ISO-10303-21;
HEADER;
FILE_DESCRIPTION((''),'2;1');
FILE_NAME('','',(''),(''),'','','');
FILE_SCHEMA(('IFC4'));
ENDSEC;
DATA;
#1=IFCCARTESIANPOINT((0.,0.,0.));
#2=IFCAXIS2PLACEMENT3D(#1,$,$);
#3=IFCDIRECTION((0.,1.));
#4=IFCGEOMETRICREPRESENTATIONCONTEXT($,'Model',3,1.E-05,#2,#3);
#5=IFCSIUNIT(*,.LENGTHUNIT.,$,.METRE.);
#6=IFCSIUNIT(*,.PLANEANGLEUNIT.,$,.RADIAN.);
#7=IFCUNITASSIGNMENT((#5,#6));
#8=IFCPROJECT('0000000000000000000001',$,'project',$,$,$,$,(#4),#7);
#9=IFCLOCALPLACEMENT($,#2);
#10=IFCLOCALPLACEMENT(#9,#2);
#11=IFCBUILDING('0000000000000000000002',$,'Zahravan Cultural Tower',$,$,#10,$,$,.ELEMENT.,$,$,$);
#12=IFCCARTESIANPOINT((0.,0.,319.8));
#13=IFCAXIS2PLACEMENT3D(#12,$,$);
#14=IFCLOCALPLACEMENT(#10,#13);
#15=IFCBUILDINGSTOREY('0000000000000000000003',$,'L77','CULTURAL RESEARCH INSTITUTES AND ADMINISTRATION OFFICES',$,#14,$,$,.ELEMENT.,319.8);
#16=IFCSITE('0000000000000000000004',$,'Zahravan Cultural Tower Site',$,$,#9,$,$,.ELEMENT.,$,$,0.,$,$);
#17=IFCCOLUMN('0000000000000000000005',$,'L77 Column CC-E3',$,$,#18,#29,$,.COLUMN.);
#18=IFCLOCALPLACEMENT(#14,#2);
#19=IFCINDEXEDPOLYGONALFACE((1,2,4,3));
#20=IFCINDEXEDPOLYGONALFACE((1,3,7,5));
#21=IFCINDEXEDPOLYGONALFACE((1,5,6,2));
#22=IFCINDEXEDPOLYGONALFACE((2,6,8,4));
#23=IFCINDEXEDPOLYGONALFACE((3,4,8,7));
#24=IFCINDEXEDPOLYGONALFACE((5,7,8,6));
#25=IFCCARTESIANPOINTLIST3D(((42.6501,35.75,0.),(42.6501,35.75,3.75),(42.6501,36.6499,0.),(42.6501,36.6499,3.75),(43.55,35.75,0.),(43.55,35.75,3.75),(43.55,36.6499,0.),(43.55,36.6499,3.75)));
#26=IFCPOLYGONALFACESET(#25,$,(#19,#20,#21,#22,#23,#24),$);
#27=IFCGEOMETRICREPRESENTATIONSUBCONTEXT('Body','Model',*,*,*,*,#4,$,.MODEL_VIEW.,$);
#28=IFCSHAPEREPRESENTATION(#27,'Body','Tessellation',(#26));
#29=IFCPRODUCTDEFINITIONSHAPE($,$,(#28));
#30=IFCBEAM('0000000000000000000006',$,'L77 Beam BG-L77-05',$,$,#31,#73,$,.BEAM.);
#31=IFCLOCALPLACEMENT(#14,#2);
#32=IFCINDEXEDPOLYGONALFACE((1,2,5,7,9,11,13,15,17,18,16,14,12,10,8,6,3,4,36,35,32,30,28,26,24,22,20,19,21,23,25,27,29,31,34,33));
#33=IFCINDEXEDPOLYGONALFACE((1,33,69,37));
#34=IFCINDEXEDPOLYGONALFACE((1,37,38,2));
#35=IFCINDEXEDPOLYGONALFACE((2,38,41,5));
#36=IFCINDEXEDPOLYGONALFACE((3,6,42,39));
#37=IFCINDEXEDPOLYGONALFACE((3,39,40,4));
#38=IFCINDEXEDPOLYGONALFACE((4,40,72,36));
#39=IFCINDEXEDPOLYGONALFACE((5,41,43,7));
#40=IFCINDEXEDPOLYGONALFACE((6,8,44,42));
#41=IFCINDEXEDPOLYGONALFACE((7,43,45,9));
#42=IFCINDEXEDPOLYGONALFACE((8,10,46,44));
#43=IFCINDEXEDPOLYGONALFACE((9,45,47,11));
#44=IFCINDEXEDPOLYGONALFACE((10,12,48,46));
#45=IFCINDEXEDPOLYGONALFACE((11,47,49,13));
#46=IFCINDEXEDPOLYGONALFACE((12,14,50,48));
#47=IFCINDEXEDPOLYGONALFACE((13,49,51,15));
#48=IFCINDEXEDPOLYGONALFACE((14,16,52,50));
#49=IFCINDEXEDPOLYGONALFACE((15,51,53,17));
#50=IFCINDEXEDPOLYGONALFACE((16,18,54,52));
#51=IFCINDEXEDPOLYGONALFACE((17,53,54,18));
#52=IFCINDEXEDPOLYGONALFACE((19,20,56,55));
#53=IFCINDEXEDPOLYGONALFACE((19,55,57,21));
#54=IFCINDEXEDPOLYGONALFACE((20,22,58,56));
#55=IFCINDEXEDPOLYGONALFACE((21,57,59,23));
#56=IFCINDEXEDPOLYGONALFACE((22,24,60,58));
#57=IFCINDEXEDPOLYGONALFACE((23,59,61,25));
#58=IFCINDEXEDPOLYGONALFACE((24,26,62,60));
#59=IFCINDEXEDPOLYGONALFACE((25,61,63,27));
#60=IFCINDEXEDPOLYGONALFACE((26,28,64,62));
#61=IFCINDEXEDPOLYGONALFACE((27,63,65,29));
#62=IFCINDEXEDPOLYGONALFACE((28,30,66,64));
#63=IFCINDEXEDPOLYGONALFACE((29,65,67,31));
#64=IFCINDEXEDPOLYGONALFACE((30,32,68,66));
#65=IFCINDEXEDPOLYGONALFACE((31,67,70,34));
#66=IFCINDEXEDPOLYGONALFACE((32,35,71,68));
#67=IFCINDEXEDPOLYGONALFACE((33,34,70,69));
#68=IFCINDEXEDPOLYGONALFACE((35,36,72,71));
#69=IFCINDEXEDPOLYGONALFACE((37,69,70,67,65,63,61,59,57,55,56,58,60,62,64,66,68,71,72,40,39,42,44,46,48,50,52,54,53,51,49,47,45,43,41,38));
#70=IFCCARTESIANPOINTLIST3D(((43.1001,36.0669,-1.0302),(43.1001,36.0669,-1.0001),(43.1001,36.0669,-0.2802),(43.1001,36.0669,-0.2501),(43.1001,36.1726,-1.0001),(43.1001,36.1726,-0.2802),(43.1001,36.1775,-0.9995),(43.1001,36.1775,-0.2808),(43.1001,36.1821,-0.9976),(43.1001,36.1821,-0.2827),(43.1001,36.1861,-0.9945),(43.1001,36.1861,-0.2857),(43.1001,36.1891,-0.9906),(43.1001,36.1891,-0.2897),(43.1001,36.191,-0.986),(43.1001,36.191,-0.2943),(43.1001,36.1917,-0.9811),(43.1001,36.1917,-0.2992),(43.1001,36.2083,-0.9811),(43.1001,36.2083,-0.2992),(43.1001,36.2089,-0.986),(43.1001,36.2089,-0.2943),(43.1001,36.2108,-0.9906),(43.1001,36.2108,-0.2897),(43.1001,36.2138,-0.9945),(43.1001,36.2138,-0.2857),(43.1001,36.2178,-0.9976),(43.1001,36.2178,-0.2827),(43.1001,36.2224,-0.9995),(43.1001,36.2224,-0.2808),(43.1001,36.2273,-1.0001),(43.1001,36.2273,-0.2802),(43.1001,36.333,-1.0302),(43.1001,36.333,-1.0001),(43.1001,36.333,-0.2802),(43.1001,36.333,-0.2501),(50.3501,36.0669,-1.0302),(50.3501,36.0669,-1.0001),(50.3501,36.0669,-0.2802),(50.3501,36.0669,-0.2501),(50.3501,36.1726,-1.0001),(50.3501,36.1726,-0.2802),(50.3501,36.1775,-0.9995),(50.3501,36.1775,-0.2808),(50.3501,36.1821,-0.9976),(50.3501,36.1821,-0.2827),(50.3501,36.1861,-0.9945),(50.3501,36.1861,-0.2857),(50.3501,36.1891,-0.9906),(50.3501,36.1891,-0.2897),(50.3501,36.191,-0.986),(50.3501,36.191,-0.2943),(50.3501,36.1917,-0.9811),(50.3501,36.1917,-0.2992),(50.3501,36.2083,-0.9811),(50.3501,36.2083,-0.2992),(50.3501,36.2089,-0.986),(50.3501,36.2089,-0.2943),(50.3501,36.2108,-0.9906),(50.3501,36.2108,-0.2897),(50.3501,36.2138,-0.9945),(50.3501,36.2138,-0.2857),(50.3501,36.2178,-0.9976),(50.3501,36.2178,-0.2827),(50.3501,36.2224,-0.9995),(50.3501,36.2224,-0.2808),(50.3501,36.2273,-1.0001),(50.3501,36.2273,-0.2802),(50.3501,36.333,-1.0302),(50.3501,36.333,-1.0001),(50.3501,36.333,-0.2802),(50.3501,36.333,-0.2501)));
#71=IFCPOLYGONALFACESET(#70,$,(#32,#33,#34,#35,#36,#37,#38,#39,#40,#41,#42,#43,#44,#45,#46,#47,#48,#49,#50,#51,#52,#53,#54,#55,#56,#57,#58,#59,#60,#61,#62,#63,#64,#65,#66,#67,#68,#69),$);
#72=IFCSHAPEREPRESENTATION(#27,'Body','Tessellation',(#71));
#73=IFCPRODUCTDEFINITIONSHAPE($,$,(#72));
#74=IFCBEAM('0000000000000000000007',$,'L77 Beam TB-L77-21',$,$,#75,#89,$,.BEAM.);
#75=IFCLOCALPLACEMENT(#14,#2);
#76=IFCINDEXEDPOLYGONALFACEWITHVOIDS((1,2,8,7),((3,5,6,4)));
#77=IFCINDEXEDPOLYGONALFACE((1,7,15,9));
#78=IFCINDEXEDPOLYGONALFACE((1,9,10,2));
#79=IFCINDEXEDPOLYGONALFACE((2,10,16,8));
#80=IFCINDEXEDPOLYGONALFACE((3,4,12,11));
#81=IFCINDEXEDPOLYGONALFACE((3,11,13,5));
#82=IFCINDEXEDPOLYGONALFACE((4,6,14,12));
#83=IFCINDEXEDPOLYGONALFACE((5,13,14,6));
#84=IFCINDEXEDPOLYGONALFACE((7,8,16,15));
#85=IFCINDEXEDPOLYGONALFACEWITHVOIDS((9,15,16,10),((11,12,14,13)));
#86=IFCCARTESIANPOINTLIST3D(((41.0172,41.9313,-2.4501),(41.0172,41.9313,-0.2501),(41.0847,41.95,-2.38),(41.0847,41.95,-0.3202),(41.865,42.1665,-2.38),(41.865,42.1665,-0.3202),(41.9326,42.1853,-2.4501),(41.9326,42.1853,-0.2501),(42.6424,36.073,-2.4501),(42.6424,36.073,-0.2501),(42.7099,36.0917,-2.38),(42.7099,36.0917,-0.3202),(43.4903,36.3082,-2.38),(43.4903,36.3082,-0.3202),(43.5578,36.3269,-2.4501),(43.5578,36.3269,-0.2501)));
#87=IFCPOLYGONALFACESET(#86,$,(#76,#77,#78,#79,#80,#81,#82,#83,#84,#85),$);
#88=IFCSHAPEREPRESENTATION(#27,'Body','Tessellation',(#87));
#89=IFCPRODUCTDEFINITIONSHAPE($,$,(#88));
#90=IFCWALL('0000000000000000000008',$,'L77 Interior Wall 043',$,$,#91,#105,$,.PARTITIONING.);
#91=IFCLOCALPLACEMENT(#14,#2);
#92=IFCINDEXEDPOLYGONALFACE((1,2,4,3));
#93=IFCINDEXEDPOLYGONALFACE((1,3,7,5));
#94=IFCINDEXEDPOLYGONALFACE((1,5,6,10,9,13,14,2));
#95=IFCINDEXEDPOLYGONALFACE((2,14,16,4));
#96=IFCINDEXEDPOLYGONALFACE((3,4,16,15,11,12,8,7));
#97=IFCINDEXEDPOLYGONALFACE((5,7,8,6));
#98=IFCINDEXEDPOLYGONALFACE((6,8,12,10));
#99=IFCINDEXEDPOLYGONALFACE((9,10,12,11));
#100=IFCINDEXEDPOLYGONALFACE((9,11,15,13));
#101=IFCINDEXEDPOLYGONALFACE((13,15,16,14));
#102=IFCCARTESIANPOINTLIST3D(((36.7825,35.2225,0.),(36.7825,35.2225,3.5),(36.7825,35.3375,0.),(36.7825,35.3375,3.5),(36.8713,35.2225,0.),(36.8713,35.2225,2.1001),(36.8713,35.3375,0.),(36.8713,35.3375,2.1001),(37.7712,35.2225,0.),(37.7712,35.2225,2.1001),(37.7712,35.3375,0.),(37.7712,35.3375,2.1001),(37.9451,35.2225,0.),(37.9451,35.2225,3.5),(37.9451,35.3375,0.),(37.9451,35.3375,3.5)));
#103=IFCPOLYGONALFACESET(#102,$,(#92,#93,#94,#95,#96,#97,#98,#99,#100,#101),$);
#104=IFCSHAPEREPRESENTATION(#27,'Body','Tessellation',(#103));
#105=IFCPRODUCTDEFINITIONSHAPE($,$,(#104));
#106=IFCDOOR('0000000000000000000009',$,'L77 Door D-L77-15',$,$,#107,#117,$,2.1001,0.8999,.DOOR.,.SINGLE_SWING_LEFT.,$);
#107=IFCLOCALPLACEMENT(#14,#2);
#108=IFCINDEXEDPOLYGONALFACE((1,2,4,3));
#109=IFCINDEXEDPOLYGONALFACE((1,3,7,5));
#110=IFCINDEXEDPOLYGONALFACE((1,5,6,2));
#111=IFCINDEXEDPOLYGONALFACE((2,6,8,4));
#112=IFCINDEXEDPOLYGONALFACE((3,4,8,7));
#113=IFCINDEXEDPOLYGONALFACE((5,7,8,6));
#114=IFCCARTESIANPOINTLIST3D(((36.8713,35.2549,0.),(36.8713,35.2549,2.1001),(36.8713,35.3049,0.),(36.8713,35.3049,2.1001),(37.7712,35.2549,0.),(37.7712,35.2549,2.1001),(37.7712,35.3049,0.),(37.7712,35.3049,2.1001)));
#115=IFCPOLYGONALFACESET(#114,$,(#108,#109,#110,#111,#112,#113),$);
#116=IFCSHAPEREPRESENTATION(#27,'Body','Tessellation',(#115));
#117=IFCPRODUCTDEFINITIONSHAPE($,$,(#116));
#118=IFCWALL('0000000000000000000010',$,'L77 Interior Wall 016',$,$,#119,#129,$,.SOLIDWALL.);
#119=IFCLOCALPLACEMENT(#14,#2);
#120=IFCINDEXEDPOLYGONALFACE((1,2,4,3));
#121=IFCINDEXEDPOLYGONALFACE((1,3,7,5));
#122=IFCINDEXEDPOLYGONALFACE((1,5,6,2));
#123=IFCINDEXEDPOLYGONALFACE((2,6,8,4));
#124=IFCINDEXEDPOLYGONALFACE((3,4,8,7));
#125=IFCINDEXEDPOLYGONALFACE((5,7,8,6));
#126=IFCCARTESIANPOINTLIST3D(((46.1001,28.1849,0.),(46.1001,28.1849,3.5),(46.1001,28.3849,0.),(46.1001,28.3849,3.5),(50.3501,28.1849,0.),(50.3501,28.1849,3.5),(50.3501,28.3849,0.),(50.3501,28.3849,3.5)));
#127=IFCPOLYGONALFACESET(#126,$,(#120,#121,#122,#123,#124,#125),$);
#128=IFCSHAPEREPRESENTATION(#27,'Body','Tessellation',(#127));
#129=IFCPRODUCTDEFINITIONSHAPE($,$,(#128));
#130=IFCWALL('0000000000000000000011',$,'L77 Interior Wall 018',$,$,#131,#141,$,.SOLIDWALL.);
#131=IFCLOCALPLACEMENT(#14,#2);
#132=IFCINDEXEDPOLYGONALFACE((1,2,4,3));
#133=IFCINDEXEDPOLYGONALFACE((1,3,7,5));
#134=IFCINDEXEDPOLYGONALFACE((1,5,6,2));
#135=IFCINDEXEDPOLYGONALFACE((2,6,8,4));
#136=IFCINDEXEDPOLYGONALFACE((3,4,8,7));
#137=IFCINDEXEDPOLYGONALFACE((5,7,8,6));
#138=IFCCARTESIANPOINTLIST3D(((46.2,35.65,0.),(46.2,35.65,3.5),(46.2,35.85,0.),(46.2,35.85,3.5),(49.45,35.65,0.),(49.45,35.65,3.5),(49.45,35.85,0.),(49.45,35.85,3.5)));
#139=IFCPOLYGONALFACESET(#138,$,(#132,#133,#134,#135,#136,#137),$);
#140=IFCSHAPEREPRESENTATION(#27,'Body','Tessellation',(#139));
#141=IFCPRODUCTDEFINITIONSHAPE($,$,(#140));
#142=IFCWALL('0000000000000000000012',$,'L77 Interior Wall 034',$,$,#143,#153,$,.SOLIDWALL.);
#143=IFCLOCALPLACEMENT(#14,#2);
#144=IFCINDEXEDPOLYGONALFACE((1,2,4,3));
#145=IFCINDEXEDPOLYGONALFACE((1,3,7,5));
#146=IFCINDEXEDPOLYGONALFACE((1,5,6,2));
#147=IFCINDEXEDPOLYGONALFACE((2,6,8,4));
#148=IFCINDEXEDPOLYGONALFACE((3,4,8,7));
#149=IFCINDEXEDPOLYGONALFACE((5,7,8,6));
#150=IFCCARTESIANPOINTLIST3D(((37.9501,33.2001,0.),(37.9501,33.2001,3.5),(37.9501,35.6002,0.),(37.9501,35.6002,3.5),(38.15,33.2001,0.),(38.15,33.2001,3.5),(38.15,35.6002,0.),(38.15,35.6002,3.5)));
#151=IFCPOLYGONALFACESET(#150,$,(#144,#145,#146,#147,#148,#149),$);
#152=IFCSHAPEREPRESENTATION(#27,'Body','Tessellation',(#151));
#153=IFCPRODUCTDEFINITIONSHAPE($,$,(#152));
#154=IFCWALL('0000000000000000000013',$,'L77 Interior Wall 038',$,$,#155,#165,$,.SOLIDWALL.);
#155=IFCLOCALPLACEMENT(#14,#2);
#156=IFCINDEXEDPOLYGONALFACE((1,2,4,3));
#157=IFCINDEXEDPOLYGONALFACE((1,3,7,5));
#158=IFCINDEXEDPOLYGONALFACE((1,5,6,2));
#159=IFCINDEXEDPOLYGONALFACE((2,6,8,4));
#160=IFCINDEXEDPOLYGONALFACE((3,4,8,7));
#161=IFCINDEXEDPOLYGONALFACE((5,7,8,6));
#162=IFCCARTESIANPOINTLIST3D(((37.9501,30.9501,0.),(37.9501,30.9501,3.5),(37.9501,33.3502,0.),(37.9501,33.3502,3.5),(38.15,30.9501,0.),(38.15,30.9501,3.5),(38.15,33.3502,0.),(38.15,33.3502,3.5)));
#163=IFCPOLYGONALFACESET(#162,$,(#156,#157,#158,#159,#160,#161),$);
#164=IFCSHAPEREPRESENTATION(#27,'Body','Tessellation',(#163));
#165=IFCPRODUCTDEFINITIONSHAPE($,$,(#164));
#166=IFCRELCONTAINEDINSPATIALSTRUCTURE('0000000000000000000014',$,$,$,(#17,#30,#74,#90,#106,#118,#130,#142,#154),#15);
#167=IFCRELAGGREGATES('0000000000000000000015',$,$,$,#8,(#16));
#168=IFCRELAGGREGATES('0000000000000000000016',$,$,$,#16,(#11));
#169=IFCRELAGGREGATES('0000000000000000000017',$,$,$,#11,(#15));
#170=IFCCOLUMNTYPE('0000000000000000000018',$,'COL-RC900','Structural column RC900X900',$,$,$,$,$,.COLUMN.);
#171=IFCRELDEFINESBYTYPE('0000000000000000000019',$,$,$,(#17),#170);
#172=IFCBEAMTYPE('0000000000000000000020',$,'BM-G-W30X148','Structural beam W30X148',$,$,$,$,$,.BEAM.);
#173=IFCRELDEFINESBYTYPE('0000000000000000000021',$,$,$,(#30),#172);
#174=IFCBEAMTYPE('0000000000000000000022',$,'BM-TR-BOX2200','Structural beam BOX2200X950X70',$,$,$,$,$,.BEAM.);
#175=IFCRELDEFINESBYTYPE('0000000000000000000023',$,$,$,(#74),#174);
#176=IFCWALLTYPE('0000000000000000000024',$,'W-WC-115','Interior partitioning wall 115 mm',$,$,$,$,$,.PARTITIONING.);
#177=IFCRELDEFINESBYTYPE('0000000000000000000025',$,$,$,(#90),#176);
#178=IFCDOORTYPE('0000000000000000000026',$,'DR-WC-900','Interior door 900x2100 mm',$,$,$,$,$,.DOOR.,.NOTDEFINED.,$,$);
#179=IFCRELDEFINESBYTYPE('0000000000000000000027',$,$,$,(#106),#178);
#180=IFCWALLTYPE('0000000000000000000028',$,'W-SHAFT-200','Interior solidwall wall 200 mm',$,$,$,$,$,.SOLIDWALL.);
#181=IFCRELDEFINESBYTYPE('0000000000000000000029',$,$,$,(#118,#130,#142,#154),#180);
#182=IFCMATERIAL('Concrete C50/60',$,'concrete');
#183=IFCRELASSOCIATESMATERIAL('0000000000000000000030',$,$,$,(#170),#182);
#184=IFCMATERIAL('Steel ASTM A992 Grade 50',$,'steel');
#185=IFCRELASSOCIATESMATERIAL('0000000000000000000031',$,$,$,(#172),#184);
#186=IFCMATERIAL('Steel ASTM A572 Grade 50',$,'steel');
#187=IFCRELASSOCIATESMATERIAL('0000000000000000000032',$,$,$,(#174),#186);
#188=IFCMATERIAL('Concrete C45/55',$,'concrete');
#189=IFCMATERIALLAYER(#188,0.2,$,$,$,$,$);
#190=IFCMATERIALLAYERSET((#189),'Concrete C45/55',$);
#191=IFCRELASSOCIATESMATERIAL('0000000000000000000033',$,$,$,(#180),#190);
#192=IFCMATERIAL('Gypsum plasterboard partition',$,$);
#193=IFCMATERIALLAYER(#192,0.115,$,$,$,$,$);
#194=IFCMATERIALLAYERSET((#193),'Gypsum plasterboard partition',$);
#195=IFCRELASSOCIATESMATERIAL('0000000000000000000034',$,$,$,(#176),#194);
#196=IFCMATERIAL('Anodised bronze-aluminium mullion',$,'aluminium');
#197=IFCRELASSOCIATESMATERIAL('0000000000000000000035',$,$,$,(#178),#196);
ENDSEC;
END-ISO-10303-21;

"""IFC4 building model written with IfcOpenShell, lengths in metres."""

from ifc_helpers import new_model, si_unit, direction, frame, frame_2d, origin, origin_2d, place, context, subcontext, project, spatial, rectangle, hollow_rectangle, i_section, extrude, source, transform, mapped, material, layer, layer_set, material_profile, profile_set, type_object, element, fill, save


model = new_model("IFC4")

# Units and contexts
model_context = context("Model", 3, precision=1e-05, world=origin(), true_north=direction((0.0, 1.0)))
body_context = subcontext(model_context, "Body", "Model", "MODEL_VIEW")
ifc_project = project(units=[si_unit("LENGTHUNIT", "METRE"), si_unit("PLANEANGLEUNIT", "RADIAN")], contexts=[model_context])

# Site, building, storey
site_placement = place(None, origin())
site = spatial("IfcSite", under=ifc_project, at=site_placement, Name="Zahravan Cultural Tower Site", CompositionType="ELEMENT", RefElevation=0.0)
building_placement = place(site_placement, origin())
building = spatial("IfcBuilding", under=site, at=building_placement, Name="Zahravan Cultural Tower", CompositionType="ELEMENT")
storey_placement = place(building_placement, frame((0.0, 0.0, 319.8)))
storey = spatial("IfcBuildingStorey", under=building, at=storey_placement, Name="L77", Description="CULTURAL RESEARCH INSTITUTES AND ADMINISTRATION OFFICES", CompositionType="ELEMENT", Elevation=319.8)

# Column
ifc_material_1 = material(Name="Concrete C50/60", Category="concrete")
ifc_material_profile_1 = material_profile(ifc_material_1, rectangle(XDim=0.8999, YDim=0.8999, at=origin_2d()), Name="RC900X900")
ifc_profile_set_1 = profile_set([ifc_material_profile_1], Name="Concrete C50/60")
column_type = type_object("IfcColumnType", Name="COL-RC900", Description="Structural column RC900X900", PredefinedType="COLUMN", material=ifc_profile_set_1)
shared_shape_1 = source(origin(), body_context, "Body", "SweptSolid", [
    extrude(rectangle(XDim=0.8999, YDim=0.8999, at=origin_2d()), origin(), (0.0, 0.0, 1.0), 3.75),
])
column_placement = place(storey_placement, frame((43.1001, 36.2, 0.0), z_axis=(0.0, 0.0, 1.0), x_axis=(1.0, 0.0, 0.0)))
element("IfcColumn", 1, at=column_placement, inside=storey, type_object=column_type, Name="L77 Column CC-E3", PredefinedType="COLUMN", context=body_context, shape_type="MappedRepresentation", body=[
    mapped(shared_shape_1, transform((0.0, 0.0, 0.0), x_axis=(1.0, 0.0, 0.0), y_axis=(0.0, 1.0, 0.0), z_axis=(0.0, 0.0, 1.0), scale=1.0)),
])

# Beams
ifc_material_2 = material(Name="Steel ASTM A992 Grade 50", Category="steel")
ifc_material_profile_2 = material_profile(ifc_material_2, i_section(OverallWidth=0.2661, OverallDepth=0.78, WebThickness=0.0166, FlangeThickness=0.03, FilletRadius=0.019, at=origin_2d()), Name="W30X148")
ifc_profile_set_2 = profile_set([ifc_material_profile_2], Name="Steel ASTM A992 Grade 50")
beam_type_1 = type_object("IfcBeamType", Name="BM-G-W30X148", Description="Structural beam W30X148", PredefinedType="BEAM", material=ifc_profile_set_2)
shared_shape_2 = source(origin(), body_context, "Body", "SweptSolid", [
    extrude(i_section(OverallWidth=0.2661, OverallDepth=0.78, WebThickness=0.0166, FlangeThickness=0.03, FilletRadius=0.019, at=origin_2d()), origin(), (0.0, 0.0, 1.0), 7.25),
])
beam_1_placement = place(storey_placement, frame((43.1001, 36.2, -0.6401), z_axis=(1.0, 0.0, 0.0), x_axis=(0.0, 1.0, 0.0)))
element("IfcBeam", 2, at=beam_1_placement, inside=storey, type_object=beam_type_1, Name="L77 Beam BG-L77-05", PredefinedType="BEAM", context=body_context, shape_type="MappedRepresentation", body=[
    mapped(shared_shape_2, transform((0.0, 0.0, 0.0), x_axis=(1.0, 0.0, 0.0), y_axis=(0.0, 1.0, 0.0), z_axis=(0.0, 0.0, 1.0), scale=1.0)),
])
ifc_material_3 = material(Name="Steel ASTM A572 Grade 50", Category="steel")
ifc_material_profile_3 = material_profile(ifc_material_3, hollow_rectangle(XDim=0.95, YDim=2.2, WallThickness=0.0701, at=origin_2d()), Name="BOX2200X950X70")
ifc_profile_set_3 = profile_set([ifc_material_profile_3], Name="Steel ASTM A572 Grade 50")
beam_type_2 = type_object("IfcBeamType", Name="BM-TR-BOX2200", Description="Structural beam BOX2200X950X70", PredefinedType="BEAM", material=ifc_profile_set_3)
shared_shape_3 = source(origin(), body_context, "Body", "SweptSolid", [
    extrude(hollow_rectangle(XDim=0.95, YDim=2.2, WallThickness=0.0701, at=origin_2d()), origin(), (0.0, 0.0, 1.0), 6.0796),
])
beam_2_placement = place(storey_placement, frame((43.1001, 36.2, -1.3501), z_axis=(-0.267325, 0.963606, 0.0), x_axis=(-0.963606, -0.267325, 0.0)))
element("IfcBeam", 3, at=beam_2_placement, inside=storey, type_object=beam_type_2, Name="L77 Beam TB-L77-21", PredefinedType="BEAM", context=body_context, shape_type="MappedRepresentation", body=[
    mapped(shared_shape_3, transform((0.0, 0.0, 0.0), x_axis=(1.0, 0.0, 0.0), y_axis=(0.0, 1.0, 0.0), z_axis=(0.0, 0.0, 1.0), scale=1.0)),
])

# Wall, opening, door
ifc_material_4 = material(Name="Concrete C45/55", Category="concrete")
ifc_layer_1 = layer(ifc_material_4, 0.2)
ifc_layer_set_1 = layer_set([ifc_layer_1], Name="Concrete C45/55")
wall_type_1 = type_object("IfcWallType", Name="W-SHAFT-200", Description="Interior solidwall wall 200 mm", PredefinedType="SOLIDWALL", material=ifc_layer_set_1)
ifc_material_5 = material(Name="Gypsum plasterboard partition")
ifc_layer_2 = layer(ifc_material_5, 0.115)
ifc_layer_set_2 = layer_set([ifc_layer_2], Name="Gypsum plasterboard partition")
wall_type_2 = type_object("IfcWallType", Name="W-WC-115", Description="Interior partitioning wall 115 mm", PredefinedType="PARTITIONING", material=ifc_layer_set_2)
wall_1_placement = place(storey_placement, frame((36.7825, 35.28, 0.0), z_axis=(0.0, 0.0, 1.0), x_axis=(1.0, 0.0, 0.0)))
wall_1 = element("IfcWall", 4, at=wall_1_placement, inside=storey, type_object=wall_type_2, Name="L77 Interior Wall 043", PredefinedType="PARTITIONING", context=body_context, shape_type="SweptSolid", body=[
    extrude(rectangle(XDim=1.1626, YDim=0.115, at=frame_2d((0.5813, 0.0))), origin(), (0.0, 0.0, 1.0), 3.5),
])
opening_1_placement = place(wall_1_placement, frame((0.0889, 0.0, 0.0)))
opening_1 = element("IfcOpeningElement", 5, at=opening_1_placement, cuts=wall_1, PredefinedType="OPENING", context=body_context, shape_type="SweptSolid", body=[
    extrude(rectangle(XDim=0.8999, YDim=2.1001, at=frame_2d((0.45, 1.05))), frame((0.0, 0.0674, 0.0), z_axis=(0.0, -1.0, 0.0), x_axis=(1.0, 0.0, 0.0)), (0.0, 0.0, 1.0), 0.135),
])
ifc_material_6 = material(Name="Anodised bronze-aluminium mullion", Category="aluminium")
door_type_1 = type_object("IfcDoorType", Name="DR-WC-900", Description="Interior door 900x2100 mm", OperationType="NOTDEFINED", PredefinedType="DOOR", material=ifc_material_6)
shared_shape_4 = source(origin(), body_context, "Body", "SweptSolid", [
    extrude(rectangle(XDim=0.8999, YDim=2.1001, at=frame_2d((0.45, 1.05))), frame((0.0, 0.0249, 0.0), z_axis=(0.0, -1.0, 0.0), x_axis=(1.0, 0.0, 0.0)), (0.0, 0.0, 1.0), 0.05),
])
door_1_placement = place(opening_1_placement, origin())
door_1 = element("IfcDoor", 6, at=door_1_placement, inside=storey, type_object=door_type_1, Name="L77 Door D-L77-15", OperationType="SINGLE_SWING_LEFT", OverallHeight=2.1001, OverallWidth=0.8999, PredefinedType="DOOR", context=body_context, shape_type="MappedRepresentation", body=[
    mapped(shared_shape_4, transform((0.0, 0.0, 0.0), x_axis=(1.0, 0.0, 0.0), y_axis=(0.0, 1.0, 0.0), z_axis=(0.0, 0.0, 1.0), scale=1.0)),
])
fill(opening_1, door_1)

# Walls
shared_shape_5 = source(origin(), body_context, "Body", "SweptSolid", [
    extrude(rectangle(XDim=4.25, YDim=0.2, at=frame_2d((2.125, 0.0))), origin(), (0.0, 0.0, 1.0), 3.5),
])
wall_2_placement = place(storey_placement, frame((46.1001, 28.2849, 0.0), z_axis=(0.0, 0.0, 1.0), x_axis=(1.0, 0.0, 0.0)))
element("IfcWall", 7, at=wall_2_placement, inside=storey, type_object=wall_type_1, Name="L77 Interior Wall 016", PredefinedType="SOLIDWALL", context=body_context, shape_type="MappedRepresentation", body=[
    mapped(shared_shape_5, transform((0.0, 0.0, 0.0), x_axis=(1.0, 0.0, 0.0), y_axis=(0.0, 1.0, 0.0), z_axis=(0.0, 0.0, 1.0), scale=1.0)),
])
shared_shape_6 = source(origin(), body_context, "Body", "SweptSolid", [
    extrude(rectangle(XDim=3.25, YDim=0.2, at=frame_2d((1.625, 0.0))), origin(), (0.0, 0.0, 1.0), 3.5),
])
wall_3_placement = place(storey_placement, frame((46.2, 35.75, 0.0), z_axis=(0.0, 0.0, 1.0), x_axis=(1.0, 0.0, 0.0)))
element("IfcWall", 8, at=wall_3_placement, inside=storey, type_object=wall_type_1, Name="L77 Interior Wall 018", PredefinedType="SOLIDWALL", context=body_context, shape_type="MappedRepresentation", body=[
    mapped(shared_shape_6, transform((0.0, 0.0, 0.0), x_axis=(1.0, 0.0, 0.0), y_axis=(0.0, 1.0, 0.0), z_axis=(0.0, 0.0, 1.0), scale=1.0)),
])
shared_shape_7 = source(origin(), body_context, "Body", "SweptSolid", [
    extrude(rectangle(XDim=2.4001, YDim=0.2, at=frame_2d((1.2002, 0.0))), origin(), (0.0, 0.0, 1.0), 3.5),
])
for number, where, z_axis, x_axis, name in (
    (9, (38.05, 33.2, 0.0), (0.0, 0.0, 1.0), (0.0, 1.0, 0.0), "L77 Interior Wall 034"),
    (10, (38.05, 30.95, 0.0), (0.0, 0.0, 1.0), (0.0, 1.0, 0.0), "L77 Interior Wall 038"),
):
    element("IfcWall", number, at=place(storey_placement, frame(where, z_axis=z_axis, x_axis=x_axis)), inside=storey, type_object=wall_type_1, Name=name, PredefinedType="SOLIDWALL", context=body_context, shape_type="MappedRepresentation", body=[
        mapped(shared_shape_7, transform((0.0, 0.0, 0.0), x_axis=(1.0, 0.0, 0.0), y_axis=(0.0, 1.0, 0.0), z_axis=(0.0, 0.0, 1.0), scale=1.0)),
    ])

save(model, "model.ifc")
